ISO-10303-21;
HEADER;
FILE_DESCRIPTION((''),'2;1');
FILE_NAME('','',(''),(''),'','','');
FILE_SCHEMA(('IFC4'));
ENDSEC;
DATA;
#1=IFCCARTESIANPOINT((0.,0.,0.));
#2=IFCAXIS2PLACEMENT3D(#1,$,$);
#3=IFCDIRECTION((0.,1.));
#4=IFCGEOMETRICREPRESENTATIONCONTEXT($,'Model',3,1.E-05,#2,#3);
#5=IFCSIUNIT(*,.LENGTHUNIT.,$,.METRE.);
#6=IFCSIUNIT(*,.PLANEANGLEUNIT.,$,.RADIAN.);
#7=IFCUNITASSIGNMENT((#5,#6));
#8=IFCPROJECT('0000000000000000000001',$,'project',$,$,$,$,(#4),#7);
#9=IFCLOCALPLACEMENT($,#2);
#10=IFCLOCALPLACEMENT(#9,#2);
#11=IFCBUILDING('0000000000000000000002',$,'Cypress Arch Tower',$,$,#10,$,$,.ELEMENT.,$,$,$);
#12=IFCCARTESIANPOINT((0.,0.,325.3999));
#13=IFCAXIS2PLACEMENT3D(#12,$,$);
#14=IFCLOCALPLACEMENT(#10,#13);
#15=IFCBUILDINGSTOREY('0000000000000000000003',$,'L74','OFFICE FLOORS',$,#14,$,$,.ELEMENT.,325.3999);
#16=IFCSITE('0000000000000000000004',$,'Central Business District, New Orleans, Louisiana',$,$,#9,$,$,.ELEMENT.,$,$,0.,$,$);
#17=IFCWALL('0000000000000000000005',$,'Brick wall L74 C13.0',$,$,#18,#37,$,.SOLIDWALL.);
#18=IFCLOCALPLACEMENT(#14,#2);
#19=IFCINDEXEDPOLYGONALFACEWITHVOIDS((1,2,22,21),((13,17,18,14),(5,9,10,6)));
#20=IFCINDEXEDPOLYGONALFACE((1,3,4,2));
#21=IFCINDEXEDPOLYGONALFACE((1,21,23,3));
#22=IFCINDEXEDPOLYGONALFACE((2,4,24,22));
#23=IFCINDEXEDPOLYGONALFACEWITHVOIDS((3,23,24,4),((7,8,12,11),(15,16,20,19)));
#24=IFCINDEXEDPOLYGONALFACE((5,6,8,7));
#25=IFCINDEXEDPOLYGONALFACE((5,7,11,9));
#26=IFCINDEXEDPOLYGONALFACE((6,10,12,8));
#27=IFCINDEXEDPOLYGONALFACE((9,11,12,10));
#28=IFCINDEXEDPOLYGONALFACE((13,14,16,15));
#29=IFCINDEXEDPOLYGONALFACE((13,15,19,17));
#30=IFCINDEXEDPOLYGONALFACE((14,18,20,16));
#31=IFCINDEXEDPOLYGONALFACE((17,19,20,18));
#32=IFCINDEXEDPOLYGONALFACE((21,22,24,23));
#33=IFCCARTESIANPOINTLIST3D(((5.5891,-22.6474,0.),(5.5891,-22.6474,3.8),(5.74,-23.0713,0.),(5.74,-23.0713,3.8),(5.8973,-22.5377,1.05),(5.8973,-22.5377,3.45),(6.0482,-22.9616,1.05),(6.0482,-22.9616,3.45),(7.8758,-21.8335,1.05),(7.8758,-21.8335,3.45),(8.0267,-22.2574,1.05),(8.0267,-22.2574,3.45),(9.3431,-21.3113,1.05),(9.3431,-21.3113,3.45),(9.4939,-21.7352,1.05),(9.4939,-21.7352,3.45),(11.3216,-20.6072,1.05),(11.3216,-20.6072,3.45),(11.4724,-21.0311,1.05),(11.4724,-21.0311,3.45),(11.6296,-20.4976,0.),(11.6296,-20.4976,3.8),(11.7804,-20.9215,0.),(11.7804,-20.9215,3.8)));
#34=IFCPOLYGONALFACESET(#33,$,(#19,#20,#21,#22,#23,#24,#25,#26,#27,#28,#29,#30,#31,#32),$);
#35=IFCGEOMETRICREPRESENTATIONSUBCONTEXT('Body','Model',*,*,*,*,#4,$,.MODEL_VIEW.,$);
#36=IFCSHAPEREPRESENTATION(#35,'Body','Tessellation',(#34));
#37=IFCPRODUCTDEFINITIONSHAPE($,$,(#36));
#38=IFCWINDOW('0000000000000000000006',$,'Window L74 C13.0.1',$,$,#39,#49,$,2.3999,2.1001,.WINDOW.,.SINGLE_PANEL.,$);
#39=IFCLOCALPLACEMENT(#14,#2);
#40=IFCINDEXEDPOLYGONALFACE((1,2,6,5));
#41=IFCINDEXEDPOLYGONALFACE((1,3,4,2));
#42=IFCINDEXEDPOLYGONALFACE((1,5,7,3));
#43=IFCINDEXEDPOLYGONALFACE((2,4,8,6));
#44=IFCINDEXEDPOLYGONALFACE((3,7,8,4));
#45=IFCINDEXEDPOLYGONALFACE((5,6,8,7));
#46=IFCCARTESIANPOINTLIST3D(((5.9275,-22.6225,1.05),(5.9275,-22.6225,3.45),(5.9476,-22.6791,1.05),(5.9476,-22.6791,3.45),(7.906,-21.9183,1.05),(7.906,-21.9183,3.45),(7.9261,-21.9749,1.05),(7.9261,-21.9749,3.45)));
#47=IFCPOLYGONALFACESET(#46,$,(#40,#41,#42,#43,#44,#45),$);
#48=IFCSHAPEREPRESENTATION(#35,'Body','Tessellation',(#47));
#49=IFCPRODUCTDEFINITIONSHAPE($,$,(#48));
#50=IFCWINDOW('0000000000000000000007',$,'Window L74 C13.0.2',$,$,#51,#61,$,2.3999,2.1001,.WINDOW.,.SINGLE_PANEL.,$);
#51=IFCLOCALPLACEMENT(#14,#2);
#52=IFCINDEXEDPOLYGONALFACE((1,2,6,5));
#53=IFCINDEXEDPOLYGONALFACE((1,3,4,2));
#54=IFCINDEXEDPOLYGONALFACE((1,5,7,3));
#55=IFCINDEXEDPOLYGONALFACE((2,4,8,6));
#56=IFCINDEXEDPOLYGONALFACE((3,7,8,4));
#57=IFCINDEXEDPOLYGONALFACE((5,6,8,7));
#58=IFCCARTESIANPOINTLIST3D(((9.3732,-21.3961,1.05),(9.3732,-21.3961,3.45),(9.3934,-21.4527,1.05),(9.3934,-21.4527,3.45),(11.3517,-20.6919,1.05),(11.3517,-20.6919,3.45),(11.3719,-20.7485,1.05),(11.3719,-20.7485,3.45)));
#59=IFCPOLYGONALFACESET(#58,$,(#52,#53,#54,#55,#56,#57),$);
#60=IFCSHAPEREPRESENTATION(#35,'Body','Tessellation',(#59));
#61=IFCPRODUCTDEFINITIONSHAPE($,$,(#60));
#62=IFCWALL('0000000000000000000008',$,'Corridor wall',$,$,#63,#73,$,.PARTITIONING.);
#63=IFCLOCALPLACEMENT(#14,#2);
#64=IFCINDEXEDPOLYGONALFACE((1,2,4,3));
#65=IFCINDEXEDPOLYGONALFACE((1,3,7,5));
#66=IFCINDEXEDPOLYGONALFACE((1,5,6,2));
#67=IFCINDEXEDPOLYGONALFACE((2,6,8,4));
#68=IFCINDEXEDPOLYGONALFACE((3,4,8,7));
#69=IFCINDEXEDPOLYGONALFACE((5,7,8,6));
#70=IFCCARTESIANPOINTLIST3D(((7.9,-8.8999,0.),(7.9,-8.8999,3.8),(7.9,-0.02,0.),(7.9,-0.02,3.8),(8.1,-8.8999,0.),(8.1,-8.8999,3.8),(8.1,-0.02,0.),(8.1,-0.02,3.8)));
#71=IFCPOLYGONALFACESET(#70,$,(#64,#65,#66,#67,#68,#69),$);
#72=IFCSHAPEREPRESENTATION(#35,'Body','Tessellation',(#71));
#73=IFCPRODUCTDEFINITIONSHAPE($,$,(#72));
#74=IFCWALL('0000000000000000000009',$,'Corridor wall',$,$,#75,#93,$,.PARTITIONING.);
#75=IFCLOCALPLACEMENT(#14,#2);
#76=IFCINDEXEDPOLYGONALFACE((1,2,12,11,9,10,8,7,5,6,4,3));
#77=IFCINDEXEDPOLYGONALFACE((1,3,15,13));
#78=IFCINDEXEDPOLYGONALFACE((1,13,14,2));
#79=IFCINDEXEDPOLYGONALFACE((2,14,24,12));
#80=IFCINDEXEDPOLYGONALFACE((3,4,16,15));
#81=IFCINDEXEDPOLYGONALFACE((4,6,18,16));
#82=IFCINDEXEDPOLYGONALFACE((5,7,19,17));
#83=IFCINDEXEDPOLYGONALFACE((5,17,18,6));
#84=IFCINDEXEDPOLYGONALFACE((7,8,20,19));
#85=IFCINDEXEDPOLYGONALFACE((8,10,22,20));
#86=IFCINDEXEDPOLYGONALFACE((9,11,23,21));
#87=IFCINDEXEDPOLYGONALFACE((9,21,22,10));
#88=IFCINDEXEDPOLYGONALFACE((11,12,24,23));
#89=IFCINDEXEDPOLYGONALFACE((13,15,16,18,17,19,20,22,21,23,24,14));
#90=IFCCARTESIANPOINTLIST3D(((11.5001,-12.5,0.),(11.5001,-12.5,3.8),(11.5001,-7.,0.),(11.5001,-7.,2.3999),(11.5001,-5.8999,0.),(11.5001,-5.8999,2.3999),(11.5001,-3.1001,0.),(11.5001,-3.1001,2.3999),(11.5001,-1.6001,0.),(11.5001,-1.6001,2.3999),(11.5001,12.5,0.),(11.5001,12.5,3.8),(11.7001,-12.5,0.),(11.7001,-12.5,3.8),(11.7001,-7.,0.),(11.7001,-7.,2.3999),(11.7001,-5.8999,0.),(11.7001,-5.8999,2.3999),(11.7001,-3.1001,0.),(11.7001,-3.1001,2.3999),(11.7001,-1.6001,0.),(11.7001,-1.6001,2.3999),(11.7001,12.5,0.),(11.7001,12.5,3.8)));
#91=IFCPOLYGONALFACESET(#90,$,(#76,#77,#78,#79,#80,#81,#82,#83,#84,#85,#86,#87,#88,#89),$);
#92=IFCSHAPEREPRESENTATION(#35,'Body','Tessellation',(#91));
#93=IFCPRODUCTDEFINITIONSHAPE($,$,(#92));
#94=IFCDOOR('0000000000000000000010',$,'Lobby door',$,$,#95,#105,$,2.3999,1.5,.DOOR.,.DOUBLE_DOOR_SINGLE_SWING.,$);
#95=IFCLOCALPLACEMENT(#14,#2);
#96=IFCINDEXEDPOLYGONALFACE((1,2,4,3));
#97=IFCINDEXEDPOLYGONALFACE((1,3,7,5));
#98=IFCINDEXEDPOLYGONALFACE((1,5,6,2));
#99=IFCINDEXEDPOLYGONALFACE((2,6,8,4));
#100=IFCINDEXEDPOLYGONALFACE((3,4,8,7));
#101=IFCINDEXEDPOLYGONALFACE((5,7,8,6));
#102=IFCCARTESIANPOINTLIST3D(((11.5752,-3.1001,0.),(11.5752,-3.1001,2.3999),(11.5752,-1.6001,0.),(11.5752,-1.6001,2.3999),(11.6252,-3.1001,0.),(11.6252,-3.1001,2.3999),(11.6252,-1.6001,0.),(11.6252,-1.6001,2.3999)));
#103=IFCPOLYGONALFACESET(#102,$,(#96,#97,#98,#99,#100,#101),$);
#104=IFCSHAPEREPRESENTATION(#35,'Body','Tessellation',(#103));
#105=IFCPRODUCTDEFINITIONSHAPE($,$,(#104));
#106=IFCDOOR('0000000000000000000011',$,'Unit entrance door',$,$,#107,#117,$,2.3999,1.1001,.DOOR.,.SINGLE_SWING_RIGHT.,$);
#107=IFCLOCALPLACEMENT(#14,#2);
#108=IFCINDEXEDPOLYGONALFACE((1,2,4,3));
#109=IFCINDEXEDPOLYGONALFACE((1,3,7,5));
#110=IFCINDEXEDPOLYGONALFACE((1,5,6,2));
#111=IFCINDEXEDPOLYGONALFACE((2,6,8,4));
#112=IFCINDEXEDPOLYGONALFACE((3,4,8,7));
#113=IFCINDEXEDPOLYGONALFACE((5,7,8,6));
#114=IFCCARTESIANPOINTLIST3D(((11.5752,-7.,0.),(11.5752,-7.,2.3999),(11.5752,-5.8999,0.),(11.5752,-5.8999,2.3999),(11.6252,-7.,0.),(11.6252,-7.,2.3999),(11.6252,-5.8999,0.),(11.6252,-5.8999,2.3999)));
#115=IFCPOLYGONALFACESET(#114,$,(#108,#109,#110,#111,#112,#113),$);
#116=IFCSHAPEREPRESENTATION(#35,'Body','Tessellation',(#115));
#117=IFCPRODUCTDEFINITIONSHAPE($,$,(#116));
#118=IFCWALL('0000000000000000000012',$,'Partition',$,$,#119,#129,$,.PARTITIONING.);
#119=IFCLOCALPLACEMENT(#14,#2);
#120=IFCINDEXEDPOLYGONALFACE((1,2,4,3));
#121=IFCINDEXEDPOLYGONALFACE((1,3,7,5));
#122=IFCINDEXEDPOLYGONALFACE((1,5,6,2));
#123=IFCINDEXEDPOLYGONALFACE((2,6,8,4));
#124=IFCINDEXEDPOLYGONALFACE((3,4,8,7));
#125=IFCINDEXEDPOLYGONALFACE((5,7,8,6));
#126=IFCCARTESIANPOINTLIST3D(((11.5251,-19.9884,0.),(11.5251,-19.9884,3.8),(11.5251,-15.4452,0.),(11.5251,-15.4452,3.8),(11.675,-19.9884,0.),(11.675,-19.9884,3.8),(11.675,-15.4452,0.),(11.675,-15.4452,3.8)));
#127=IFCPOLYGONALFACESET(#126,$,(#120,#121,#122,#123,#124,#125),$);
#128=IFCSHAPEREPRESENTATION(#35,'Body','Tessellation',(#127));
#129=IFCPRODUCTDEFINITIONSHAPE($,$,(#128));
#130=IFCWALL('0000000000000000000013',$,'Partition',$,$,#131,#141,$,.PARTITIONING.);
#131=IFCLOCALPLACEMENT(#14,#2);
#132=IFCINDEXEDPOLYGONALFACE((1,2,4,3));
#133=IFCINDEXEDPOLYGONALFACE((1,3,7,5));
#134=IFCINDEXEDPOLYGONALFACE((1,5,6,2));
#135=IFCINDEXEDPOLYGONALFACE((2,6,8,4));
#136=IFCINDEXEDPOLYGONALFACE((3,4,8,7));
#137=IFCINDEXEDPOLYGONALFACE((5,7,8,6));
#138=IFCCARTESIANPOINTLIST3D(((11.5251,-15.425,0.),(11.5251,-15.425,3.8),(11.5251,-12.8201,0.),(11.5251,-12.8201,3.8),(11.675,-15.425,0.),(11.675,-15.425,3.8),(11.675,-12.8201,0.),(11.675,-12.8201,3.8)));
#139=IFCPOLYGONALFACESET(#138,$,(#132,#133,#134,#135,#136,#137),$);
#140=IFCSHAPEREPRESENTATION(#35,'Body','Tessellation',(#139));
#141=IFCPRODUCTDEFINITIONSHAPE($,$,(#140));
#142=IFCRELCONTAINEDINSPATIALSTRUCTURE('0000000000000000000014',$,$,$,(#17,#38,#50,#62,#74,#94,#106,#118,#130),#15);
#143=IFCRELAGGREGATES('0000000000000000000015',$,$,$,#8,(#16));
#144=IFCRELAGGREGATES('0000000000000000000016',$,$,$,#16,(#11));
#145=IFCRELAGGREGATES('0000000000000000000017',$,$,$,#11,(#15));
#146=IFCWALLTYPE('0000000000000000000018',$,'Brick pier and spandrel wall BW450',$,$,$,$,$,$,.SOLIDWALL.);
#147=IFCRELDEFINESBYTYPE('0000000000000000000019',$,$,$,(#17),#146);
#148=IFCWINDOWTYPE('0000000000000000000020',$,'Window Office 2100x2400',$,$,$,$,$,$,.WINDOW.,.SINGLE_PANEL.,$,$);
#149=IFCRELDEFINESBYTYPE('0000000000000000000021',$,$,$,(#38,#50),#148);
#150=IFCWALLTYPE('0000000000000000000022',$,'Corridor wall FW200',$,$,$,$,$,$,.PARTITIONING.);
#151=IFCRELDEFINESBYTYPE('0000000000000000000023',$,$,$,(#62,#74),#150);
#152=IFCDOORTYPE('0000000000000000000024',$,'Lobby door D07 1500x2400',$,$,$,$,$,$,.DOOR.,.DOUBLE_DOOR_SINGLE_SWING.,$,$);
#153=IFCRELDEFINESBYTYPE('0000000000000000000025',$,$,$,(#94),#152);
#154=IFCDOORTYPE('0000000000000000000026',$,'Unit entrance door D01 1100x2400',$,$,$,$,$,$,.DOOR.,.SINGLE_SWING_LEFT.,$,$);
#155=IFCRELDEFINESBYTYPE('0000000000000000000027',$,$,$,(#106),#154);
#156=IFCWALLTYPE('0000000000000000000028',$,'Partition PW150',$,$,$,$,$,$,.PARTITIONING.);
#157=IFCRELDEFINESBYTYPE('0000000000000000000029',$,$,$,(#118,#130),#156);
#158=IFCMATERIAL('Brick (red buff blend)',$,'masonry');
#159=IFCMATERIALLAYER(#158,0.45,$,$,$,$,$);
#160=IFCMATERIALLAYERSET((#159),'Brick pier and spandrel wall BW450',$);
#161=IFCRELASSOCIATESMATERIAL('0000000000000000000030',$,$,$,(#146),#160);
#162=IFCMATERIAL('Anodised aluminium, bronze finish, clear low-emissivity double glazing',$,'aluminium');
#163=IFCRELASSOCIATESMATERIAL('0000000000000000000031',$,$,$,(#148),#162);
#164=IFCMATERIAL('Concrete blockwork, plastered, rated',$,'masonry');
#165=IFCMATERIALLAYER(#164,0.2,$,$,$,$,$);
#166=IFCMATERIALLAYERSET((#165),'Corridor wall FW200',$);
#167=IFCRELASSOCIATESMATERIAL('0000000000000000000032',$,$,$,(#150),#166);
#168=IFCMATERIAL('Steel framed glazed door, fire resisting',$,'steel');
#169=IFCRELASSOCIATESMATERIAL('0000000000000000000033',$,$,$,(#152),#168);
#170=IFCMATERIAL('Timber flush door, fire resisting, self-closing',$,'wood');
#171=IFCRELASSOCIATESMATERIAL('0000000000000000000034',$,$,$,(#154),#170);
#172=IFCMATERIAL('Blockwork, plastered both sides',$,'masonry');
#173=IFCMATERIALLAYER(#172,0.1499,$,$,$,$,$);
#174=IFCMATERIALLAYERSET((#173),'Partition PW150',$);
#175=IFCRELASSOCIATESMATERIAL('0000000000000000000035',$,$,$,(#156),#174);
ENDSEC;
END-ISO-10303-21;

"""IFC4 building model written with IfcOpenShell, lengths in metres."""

from ifc_helpers import new_model, si_unit, direction, frame, frame_2d, origin, place, context, subcontext, project, spatial, rectangle, extrude, material, layer, layer_set, type_object, element, fill, save


model = new_model("IFC4")

# Units and contexts
model_context = context("Model", 3, precision=1e-05, world=origin(), true_north=direction((0.0, 1.0)))
body_context = subcontext(model_context, "Body", "Model", "MODEL_VIEW")
ifc_project = project(units=[si_unit("LENGTHUNIT", "METRE"), si_unit("PLANEANGLEUNIT", "RADIAN")], contexts=[model_context])

# Site, building, storey
site_placement = place(None, origin())
site = spatial("IfcSite", under=ifc_project, at=site_placement, Name="Central Business District, New Orleans, Louisiana", CompositionType="ELEMENT", RefElevation=0.0)
building_placement = place(site_placement, origin())
building = spatial("IfcBuilding", under=site, at=building_placement, Name="Cypress Arch Tower", CompositionType="ELEMENT")
storey_placement = place(building_placement, frame((0.0, 0.0, 325.3999)))
storey = spatial("IfcBuildingStorey", under=building, at=storey_placement, Name="L74", Description="OFFICE FLOORS", CompositionType="ELEMENT", Elevation=325.3999)

# Wall, openings, windows
ifc_material_1 = material(Name="Brick (red buff blend)", Category="masonry")
ifc_layer_1 = layer(ifc_material_1, 0.45)
ifc_layer_set_1 = layer_set([ifc_layer_1], Name="Brick pier and spandrel wall BW450")
wall_type_1 = type_object("IfcWallType", Name="Brick pier and spandrel wall BW450", PredefinedType="SOLIDWALL", material=ifc_layer_set_1)
wall_1_placement = place(storey_placement, frame((5.6646, -22.8594, 0.0), z_axis=(0.0, 0.0, 1.0), x_axis=(0.942108, 0.335309, 0.0)))
wall_1 = element("IfcWall", 1, at=wall_1_placement, inside=storey, type_object=wall_type_1, Name="Brick wall L74 C13.0", PredefinedType="SOLIDWALL", context=body_context, shape_type="SweptSolid", body=[
    extrude(rectangle(XDim=6.4116, YDim=0.45, at=frame_2d((3.2058, 0.0))), origin(), (0.0, 0.0, 1.0), 3.8),
])
opening_1_placement = place(wall_1_placement, frame((0.3271, 0.0, 1.05)))
opening_1 = element("IfcOpeningElement", 2, at=opening_1_placement, cuts=wall_1, PredefinedType="OPENING", context=body_context, shape_type="SweptSolid", body=[
    extrude(rectangle(XDim=2.1001, YDim=2.3999, at=frame_2d((1.05, 1.2))), frame((0.0, 0.2349, 0.0), z_axis=(0.0, -1.0, 0.0), x_axis=(1.0, 0.0, 0.0)), (0.0, 0.0, 1.0), 0.47),
])
opening_2_placement = place(wall_1_placement, frame((3.9846, 0.0, 1.05)))
opening_2 = element("IfcOpeningElement", 3, at=opening_2_placement, cuts=wall_1, PredefinedType="OPENING", context=body_context, shape_type="SweptSolid", body=[
    extrude(rectangle(XDim=2.1001, YDim=2.3999, at=frame_2d((1.05, 1.2))), frame((0.0, 0.2349, 0.0), z_axis=(0.0, -1.0, 0.0), x_axis=(1.0, 0.0, 0.0)), (0.0, 0.0, 1.0), 0.47),
])
ifc_material_2 = material(Name="Anodised aluminium, bronze finish, clear low-emissivity double glazing", Category="aluminium")
window_type = type_object("IfcWindowType", Name="Window Office 2100x2400", PartitioningType="SINGLE_PANEL", PredefinedType="WINDOW", material=ifc_material_2)
window_1_placement = place(opening_1_placement, origin())
window_1 = element("IfcWindow", 4, at=window_1_placement, inside=storey, type_object=window_type, Name="Window L74 C13.0.1", OverallHeight=2.3999, OverallWidth=2.1001, PartitioningType="SINGLE_PANEL", PredefinedType="WINDOW", context=body_context, shape_type="SweptSolid", body=[
    extrude(rectangle(XDim=2.1001, YDim=2.3999, at=frame_2d((1.05, 1.2))), frame((0.0, 0.135, 0.0), z_axis=(0.0, -1.0, 0.0), x_axis=(1.0, 0.0, 0.0)), (0.0, 0.0, 1.0), 0.0601),
])
fill(opening_1, window_1)
window_2_placement = place(opening_2_placement, origin())
window_2 = element("IfcWindow", 5, at=window_2_placement, inside=storey, type_object=window_type, Name="Window L74 C13.0.2", OverallHeight=2.3999, OverallWidth=2.1001, PartitioningType="SINGLE_PANEL", PredefinedType="WINDOW", context=body_context, shape_type="SweptSolid", body=[
    extrude(rectangle(XDim=2.1001, YDim=2.3999, at=frame_2d((1.05, 1.2))), frame((0.0, 0.135, 0.0), z_axis=(0.0, -1.0, 0.0), x_axis=(1.0, 0.0, 0.0)), (0.0, 0.0, 1.0), 0.0601),
])
fill(opening_2, window_2)

# Wall
ifc_material_3 = material(Name="Concrete blockwork, plastered, rated", Category="masonry")
ifc_layer_2 = layer(ifc_material_3, 0.2)
ifc_layer_set_2 = layer_set([ifc_layer_2], Name="Corridor wall FW200")
wall_type_2 = type_object("IfcWallType", Name="Corridor wall FW200", PredefinedType="PARTITIONING", material=ifc_layer_set_2)
wall_2_placement = place(storey_placement, frame((8.0, -8.8999, 0.0), z_axis=(0.0, 0.0, 1.0), x_axis=(0.0, 1.0, 0.0)))
element("IfcWall", 6, at=wall_2_placement, inside=storey, type_object=wall_type_2, Name="Corridor wall", PredefinedType="PARTITIONING", context=body_context, shape_type="SweptSolid", body=[
    extrude(rectangle(XDim=8.8799, YDim=0.2, at=frame_2d((4.4399, 0.0))), origin(), (0.0, 0.0, 1.0), 3.8),
])

# Wall, openings, doors
wall_3_placement = place(storey_placement, frame((11.6001, -12.5, 0.0), z_axis=(0.0, 0.0, 1.0), x_axis=(0.0, 1.0, 0.0)))
wall_3 = element("IfcWall", 7, at=wall_3_placement, inside=storey, type_object=wall_type_2, Name="Corridor wall", PredefinedType="PARTITIONING", context=body_context, shape_type="SweptSolid", body=[
    extrude(rectangle(XDim=25.0, YDim=0.2, at=frame_2d((12.5, 0.0))), origin(), (0.0, 0.0, 1.0), 3.8),
])
opening_3_placement = place(wall_3_placement, frame((9.3999, 0.0, 0.0)))
opening_3 = element("IfcOpeningElement", 8, at=opening_3_placement, cuts=wall_3, PredefinedType="OPENING", context=body_context, shape_type="SweptSolid", body=[
    extrude(rectangle(XDim=1.5, YDim=2.3999, at=frame_2d((0.75, 1.2))), frame((0.0, 0.1099, 0.0), z_axis=(0.0, -1.0, 0.0), x_axis=(1.0, 0.0, 0.0)), (0.0, 0.0, 1.0), 0.22),
])
opening_4_placement = place(wall_3_placement, frame((5.5, 0.0, 0.0)))
opening_4 = element("IfcOpeningElement", 9, at=opening_4_placement, cuts=wall_3, PredefinedType="OPENING", context=body_context, shape_type="SweptSolid", body=[
    extrude(rectangle(XDim=1.1001, YDim=2.3999, at=frame_2d((0.55, 1.2))), frame((0.0, 0.1099, 0.0), z_axis=(0.0, -1.0, 0.0), x_axis=(1.0, 0.0, 0.0)), (0.0, 0.0, 1.0), 0.22),
])
ifc_material_4 = material(Name="Steel framed glazed door, fire resisting", Category="steel")
door_type_1 = type_object("IfcDoorType", Name="Lobby door D07 1500x2400", OperationType="DOUBLE_DOOR_SINGLE_SWING", PredefinedType="DOOR", material=ifc_material_4)
door_1_placement = place(opening_3_placement, origin())
door_1 = element("IfcDoor", 10, at=door_1_placement, inside=storey, type_object=door_type_1, Name="Lobby door", OperationType="DOUBLE_DOOR_SINGLE_SWING", OverallHeight=2.3999, OverallWidth=1.5, PredefinedType="DOOR", context=body_context, shape_type="SweptSolid", body=[
    extrude(rectangle(XDim=1.5, YDim=2.3999, at=frame_2d((0.75, 1.2))), frame((0.0, 0.0249, 0.0), z_axis=(0.0, -1.0, 0.0), x_axis=(1.0, 0.0, 0.0)), (0.0, 0.0, 1.0), 0.05),
])
fill(opening_3, door_1)
ifc_material_5 = material(Name="Timber flush door, fire resisting, self-closing", Category="wood")
door_type_2 = type_object("IfcDoorType", Name="Unit entrance door D01 1100x2400", OperationType="SINGLE_SWING_LEFT", PredefinedType="DOOR", material=ifc_material_5)
door_2_placement = place(opening_4_placement, origin())
door_2 = element("IfcDoor", 11, at=door_2_placement, inside=storey, type_object=door_type_2, Name="Unit entrance door", OperationType="SINGLE_SWING_RIGHT", OverallHeight=2.3999, OverallWidth=1.1001, PredefinedType="DOOR", context=body_context, shape_type="SweptSolid", body=[
    extrude(rectangle(XDim=1.1001, YDim=2.3999, at=frame_2d((0.55, 1.2))), frame((0.0, 0.0249, 0.0), z_axis=(0.0, -1.0, 0.0), x_axis=(1.0, 0.0, 0.0)), (0.0, 0.0, 1.0), 0.05),
])
fill(opening_4, door_2)

# Walls
ifc_material_6 = material(Name="Blockwork, plastered both sides", Category="masonry")
ifc_layer_3 = layer(ifc_material_6, 0.1499)
ifc_layer_set_3 = layer_set([ifc_layer_3], Name="Partition PW150")
wall_type_3 = type_object("IfcWallType", Name="Partition PW150", PredefinedType="PARTITIONING", material=ifc_layer_set_3)
wall_4_placement = place(storey_placement, frame((11.6001, -19.9883, 0.0), z_axis=(0.0, 0.0, 1.0), x_axis=(0.0, 1.0, 0.0)))
element("IfcWall", 12, at=wall_4_placement, inside=storey, type_object=wall_type_3, Name="Partition", PredefinedType="PARTITIONING", context=body_context, shape_type="SweptSolid", body=[
    extrude(rectangle(XDim=4.5432, YDim=0.1499, at=frame_2d((2.2715, 0.0))), origin(), (0.0, 0.0, 1.0), 3.8),
])
wall_5_placement = place(storey_placement, frame((11.6001, -15.425, 0.0), z_axis=(0.0, 0.0, 1.0), x_axis=(0.0, 1.0, 0.0)))
element("IfcWall", 13, at=wall_5_placement, inside=storey, type_object=wall_type_3, Name="Partition", PredefinedType="PARTITIONING", context=body_context, shape_type="SweptSolid", body=[
    extrude(rectangle(XDim=2.605, YDim=0.1499, at=frame_2d((1.3025, 0.0))), origin(), (0.0, 0.0, 1.0), 3.8),
])

save(model, "model.ifc")
